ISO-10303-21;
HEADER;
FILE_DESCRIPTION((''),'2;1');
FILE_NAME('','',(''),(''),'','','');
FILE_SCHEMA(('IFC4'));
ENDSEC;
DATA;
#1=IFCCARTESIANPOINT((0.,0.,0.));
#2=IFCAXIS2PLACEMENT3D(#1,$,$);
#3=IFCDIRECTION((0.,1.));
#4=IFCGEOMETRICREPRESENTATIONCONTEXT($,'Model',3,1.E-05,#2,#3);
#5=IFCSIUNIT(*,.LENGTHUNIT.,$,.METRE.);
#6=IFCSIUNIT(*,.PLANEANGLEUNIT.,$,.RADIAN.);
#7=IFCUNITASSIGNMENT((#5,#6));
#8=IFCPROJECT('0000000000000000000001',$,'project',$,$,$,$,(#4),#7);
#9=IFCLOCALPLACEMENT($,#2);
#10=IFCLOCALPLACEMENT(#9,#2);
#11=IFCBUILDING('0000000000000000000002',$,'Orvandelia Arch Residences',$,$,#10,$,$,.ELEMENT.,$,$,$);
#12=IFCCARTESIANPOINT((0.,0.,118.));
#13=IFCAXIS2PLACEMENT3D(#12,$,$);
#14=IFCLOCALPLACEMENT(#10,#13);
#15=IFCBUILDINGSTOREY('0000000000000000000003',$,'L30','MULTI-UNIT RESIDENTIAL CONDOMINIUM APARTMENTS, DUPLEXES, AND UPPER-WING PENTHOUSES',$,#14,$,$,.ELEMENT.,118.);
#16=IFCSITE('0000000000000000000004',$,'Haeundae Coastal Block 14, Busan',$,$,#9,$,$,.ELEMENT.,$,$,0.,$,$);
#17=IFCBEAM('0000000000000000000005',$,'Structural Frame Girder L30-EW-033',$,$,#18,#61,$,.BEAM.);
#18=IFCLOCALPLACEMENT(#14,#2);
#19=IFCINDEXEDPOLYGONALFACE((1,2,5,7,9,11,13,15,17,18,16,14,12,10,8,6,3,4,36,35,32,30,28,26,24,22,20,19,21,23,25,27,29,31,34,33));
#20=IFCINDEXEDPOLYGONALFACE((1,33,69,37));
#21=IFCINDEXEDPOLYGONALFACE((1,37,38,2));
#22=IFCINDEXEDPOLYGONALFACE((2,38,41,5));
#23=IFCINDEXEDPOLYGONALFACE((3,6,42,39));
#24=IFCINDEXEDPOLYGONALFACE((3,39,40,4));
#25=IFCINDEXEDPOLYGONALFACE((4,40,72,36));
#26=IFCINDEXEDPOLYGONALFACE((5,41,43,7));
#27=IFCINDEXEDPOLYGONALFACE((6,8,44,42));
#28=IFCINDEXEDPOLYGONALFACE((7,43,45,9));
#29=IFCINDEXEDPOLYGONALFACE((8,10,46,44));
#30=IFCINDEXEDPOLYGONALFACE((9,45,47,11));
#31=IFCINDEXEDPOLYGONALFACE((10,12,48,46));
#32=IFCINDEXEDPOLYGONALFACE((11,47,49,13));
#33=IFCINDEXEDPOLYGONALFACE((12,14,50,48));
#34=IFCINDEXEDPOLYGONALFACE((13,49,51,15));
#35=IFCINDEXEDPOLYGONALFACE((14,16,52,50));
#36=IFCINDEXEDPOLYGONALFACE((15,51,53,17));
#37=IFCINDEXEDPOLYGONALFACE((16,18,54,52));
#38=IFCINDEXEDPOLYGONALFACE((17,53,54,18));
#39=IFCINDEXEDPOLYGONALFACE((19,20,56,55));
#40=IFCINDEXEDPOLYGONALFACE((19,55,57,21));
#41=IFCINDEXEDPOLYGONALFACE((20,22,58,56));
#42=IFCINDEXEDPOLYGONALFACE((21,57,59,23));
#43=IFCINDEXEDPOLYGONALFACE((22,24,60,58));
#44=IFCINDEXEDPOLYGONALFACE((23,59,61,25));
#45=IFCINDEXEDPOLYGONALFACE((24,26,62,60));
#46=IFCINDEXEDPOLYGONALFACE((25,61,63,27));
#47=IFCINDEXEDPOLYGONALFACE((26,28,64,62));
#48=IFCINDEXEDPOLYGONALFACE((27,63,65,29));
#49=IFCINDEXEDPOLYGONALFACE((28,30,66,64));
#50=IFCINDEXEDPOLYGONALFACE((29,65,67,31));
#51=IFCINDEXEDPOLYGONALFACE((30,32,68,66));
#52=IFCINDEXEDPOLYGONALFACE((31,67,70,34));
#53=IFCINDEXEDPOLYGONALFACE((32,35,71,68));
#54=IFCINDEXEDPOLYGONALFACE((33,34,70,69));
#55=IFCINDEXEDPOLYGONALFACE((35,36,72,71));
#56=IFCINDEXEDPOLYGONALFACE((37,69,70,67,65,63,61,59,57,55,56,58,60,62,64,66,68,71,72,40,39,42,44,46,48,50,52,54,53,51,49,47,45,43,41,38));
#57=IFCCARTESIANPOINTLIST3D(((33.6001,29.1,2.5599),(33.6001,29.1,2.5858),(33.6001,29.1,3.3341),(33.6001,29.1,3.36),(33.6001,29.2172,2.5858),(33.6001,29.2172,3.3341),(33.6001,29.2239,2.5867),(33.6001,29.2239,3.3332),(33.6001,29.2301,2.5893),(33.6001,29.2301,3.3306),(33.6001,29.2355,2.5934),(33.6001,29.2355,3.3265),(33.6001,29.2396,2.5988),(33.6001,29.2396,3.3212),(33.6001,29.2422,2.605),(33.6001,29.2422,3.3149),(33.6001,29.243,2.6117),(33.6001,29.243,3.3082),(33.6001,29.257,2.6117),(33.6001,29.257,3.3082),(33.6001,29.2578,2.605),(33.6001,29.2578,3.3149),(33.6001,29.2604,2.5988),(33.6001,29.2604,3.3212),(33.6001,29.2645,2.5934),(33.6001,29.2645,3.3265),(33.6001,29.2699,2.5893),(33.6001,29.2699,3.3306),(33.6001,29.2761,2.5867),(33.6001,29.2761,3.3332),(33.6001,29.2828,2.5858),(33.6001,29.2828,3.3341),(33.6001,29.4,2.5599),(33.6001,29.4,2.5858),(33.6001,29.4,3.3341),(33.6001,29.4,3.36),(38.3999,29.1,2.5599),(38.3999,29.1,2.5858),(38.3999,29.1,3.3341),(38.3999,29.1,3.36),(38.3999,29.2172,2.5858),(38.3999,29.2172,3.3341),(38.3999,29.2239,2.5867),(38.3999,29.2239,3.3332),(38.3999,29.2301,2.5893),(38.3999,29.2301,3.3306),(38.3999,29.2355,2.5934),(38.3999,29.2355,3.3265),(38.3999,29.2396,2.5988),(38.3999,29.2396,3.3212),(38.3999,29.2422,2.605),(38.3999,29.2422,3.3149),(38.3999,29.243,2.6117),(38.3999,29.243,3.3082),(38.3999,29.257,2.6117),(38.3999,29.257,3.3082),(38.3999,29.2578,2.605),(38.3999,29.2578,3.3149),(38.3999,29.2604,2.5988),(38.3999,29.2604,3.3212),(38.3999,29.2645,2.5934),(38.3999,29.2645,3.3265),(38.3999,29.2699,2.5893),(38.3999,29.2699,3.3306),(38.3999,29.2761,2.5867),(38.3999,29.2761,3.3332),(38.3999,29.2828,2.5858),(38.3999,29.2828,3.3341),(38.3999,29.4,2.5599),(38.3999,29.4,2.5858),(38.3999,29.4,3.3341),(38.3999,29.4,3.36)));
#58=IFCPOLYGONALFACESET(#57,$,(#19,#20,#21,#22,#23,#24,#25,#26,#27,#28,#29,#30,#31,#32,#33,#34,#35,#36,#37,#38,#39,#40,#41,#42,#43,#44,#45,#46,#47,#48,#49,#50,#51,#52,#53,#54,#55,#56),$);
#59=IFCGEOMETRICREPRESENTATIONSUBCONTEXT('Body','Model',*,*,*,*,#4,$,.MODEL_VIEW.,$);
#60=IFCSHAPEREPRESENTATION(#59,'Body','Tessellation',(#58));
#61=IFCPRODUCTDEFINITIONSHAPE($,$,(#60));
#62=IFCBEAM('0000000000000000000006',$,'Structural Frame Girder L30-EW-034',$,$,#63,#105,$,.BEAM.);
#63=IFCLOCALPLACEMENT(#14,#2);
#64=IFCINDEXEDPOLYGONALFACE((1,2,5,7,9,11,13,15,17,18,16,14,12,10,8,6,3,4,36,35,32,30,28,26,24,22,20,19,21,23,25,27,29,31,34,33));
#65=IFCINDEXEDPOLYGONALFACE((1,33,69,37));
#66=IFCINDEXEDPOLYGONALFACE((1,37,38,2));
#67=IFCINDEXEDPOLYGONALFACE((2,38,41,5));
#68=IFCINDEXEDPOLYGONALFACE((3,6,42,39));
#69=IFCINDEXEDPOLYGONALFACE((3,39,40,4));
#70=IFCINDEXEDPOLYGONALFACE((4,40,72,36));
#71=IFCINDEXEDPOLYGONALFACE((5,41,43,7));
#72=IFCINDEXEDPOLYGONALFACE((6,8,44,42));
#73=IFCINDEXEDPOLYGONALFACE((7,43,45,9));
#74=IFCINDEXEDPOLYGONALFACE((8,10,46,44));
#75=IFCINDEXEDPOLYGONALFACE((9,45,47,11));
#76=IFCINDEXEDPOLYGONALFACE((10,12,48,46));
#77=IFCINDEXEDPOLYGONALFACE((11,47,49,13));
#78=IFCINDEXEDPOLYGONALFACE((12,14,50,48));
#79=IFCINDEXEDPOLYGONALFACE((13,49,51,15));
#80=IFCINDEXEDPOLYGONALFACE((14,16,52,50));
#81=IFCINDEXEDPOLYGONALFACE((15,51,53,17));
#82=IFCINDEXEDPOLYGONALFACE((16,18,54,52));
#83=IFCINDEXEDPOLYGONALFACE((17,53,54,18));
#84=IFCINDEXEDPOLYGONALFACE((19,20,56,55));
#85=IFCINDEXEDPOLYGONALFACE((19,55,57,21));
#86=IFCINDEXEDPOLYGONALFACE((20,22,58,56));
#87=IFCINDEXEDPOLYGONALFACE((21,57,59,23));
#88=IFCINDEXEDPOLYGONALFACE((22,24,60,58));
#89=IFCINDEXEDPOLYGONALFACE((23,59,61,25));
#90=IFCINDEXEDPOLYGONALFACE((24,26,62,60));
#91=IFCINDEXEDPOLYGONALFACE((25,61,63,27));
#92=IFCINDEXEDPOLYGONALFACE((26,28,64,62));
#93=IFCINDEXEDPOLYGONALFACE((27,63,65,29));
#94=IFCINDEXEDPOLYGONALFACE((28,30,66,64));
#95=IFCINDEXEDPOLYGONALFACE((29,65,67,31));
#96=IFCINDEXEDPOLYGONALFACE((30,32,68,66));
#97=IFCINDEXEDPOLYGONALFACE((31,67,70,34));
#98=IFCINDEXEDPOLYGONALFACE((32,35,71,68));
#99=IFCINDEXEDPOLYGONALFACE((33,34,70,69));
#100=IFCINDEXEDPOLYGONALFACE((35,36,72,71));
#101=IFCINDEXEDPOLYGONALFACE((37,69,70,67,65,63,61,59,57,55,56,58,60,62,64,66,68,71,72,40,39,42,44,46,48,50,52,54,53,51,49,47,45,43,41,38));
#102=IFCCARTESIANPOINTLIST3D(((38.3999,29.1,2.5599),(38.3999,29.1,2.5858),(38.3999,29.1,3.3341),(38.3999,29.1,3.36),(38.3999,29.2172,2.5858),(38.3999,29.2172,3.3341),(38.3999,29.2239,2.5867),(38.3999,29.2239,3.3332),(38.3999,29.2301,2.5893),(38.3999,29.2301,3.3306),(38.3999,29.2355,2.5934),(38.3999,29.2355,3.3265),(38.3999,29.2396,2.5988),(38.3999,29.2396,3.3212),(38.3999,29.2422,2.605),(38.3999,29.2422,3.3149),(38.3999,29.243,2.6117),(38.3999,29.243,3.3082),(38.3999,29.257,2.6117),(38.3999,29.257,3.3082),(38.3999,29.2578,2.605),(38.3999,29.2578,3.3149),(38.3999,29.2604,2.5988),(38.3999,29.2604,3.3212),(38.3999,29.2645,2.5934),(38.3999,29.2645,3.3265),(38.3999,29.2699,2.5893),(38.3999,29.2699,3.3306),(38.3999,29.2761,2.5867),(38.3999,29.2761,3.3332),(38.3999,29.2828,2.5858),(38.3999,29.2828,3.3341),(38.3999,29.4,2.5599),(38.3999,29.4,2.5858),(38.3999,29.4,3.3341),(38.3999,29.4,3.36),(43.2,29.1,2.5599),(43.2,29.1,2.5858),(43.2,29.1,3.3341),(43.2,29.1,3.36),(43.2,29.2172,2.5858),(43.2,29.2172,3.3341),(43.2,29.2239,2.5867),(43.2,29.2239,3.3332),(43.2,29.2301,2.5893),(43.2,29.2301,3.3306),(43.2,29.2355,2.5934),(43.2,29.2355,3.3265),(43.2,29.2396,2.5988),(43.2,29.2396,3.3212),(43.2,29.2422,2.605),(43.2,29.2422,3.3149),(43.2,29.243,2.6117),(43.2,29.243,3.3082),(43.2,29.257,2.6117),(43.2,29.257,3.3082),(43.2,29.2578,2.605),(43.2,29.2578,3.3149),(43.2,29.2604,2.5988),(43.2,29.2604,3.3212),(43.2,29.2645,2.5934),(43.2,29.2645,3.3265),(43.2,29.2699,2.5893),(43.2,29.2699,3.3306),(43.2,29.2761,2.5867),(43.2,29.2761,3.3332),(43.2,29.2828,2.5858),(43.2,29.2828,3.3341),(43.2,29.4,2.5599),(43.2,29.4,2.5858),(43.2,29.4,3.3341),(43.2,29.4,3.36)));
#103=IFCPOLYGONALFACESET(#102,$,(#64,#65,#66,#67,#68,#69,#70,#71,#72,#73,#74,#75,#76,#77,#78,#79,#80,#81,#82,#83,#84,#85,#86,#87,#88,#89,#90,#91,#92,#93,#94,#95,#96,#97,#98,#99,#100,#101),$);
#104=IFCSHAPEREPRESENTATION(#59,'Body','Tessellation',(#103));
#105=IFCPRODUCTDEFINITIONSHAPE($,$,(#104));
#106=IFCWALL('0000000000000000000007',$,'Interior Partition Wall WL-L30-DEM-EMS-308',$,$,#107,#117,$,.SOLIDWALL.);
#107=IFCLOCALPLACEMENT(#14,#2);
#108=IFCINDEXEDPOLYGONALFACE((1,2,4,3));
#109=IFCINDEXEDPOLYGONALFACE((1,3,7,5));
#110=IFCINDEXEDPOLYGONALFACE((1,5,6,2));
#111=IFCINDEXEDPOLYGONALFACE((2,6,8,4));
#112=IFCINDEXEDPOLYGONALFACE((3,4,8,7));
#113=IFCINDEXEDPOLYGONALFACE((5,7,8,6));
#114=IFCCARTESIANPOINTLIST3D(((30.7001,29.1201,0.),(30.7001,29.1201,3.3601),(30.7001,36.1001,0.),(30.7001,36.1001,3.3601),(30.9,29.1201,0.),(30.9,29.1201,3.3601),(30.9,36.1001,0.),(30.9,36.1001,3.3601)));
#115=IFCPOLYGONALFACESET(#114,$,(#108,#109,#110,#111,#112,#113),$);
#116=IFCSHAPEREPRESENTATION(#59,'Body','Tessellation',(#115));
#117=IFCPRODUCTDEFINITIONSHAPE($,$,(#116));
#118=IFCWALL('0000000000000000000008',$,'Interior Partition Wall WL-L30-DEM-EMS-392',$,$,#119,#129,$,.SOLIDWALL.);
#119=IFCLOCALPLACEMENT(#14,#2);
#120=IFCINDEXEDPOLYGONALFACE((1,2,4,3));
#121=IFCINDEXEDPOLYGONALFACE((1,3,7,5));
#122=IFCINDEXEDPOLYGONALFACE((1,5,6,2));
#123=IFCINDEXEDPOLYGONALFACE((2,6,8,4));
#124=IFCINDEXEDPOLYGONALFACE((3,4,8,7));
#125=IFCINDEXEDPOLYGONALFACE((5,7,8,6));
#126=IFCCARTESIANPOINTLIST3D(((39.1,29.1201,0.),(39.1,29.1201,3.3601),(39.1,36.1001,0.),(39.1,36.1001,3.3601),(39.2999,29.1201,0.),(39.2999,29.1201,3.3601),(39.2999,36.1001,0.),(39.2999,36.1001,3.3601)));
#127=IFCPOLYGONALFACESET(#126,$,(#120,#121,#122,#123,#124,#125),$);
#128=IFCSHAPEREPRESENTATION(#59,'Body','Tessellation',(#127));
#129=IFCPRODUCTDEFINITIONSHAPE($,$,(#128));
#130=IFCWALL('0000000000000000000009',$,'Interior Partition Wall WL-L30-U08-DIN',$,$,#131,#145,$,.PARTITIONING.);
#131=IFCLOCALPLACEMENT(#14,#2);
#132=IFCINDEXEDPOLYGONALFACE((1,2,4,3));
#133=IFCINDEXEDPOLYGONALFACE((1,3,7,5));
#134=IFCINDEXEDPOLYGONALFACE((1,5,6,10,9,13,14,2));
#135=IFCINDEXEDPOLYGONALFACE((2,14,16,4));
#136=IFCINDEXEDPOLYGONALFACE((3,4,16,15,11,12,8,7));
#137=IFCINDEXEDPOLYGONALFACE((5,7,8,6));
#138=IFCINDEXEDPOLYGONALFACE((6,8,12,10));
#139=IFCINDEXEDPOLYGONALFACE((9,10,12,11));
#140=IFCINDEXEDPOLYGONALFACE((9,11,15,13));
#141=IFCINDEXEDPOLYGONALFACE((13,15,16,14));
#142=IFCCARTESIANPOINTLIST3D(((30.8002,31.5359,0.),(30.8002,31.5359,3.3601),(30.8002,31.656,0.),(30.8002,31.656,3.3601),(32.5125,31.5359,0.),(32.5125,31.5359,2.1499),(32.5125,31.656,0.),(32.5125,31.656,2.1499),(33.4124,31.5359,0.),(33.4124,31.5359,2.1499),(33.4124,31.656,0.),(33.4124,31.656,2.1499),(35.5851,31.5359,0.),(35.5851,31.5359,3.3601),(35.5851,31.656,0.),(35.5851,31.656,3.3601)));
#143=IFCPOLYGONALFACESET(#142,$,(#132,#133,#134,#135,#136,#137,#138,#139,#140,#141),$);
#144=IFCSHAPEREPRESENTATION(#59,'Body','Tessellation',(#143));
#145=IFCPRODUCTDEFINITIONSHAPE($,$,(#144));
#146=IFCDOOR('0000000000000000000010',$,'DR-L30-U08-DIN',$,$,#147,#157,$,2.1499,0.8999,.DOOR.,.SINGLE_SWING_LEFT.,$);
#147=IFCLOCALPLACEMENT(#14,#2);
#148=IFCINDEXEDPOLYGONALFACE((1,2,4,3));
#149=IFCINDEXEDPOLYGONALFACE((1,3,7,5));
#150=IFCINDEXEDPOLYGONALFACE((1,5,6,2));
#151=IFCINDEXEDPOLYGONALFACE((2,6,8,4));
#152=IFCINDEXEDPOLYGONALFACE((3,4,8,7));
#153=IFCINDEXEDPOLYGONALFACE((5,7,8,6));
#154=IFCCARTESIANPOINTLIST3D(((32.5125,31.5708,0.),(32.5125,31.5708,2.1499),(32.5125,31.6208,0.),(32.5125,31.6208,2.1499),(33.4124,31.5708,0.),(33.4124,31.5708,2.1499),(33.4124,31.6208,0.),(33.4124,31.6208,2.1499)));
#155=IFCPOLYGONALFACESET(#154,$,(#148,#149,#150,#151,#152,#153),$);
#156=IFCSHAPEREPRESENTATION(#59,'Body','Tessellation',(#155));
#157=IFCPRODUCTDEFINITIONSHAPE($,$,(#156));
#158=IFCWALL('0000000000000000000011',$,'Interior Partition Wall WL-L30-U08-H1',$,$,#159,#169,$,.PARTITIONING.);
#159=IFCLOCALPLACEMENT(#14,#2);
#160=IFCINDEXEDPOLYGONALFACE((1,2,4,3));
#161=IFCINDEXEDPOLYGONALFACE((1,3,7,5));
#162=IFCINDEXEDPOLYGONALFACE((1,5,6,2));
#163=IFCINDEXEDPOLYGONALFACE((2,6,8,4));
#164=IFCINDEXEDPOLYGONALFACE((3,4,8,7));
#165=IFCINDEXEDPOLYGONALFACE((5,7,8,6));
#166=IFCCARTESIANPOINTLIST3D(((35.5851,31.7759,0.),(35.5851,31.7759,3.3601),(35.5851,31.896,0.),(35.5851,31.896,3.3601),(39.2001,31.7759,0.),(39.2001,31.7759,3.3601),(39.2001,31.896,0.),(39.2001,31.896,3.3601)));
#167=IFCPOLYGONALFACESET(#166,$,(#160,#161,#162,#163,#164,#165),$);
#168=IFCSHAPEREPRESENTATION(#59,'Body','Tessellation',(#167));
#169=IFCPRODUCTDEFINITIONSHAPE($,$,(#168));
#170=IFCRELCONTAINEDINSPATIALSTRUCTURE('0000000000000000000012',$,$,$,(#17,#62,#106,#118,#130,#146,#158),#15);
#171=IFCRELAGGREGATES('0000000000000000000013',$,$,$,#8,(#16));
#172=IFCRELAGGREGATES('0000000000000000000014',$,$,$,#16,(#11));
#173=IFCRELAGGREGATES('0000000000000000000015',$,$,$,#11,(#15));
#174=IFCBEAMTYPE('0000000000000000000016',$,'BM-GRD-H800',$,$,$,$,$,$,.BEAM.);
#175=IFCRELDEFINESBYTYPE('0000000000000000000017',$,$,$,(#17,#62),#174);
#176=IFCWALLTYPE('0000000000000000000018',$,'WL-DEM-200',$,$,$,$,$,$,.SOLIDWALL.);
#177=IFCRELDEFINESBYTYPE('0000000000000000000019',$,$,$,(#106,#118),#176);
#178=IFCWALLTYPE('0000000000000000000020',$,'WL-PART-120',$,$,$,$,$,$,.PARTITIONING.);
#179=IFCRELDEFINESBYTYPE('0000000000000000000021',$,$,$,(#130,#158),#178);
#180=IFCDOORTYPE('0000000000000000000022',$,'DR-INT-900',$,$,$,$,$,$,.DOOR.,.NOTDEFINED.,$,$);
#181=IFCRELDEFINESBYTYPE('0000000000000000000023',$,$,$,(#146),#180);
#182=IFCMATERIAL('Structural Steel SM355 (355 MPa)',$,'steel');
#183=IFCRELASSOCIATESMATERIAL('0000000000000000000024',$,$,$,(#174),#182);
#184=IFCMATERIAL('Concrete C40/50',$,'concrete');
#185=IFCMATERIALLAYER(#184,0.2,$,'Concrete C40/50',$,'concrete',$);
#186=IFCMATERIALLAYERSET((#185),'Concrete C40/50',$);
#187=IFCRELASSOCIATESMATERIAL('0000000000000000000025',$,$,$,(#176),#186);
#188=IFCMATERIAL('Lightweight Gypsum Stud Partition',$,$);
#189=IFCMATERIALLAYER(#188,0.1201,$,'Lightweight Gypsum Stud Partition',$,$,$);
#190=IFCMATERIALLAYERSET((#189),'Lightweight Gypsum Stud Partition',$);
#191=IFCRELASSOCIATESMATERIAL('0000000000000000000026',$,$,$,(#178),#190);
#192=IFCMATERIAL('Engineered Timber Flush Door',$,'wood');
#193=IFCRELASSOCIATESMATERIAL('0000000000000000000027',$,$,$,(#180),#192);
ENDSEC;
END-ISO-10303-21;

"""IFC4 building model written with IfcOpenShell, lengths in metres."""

from ifc_helpers import new_model, si_unit, direction, frame, frame_2d, origin, origin_2d, place, context, subcontext, project, spatial, rectangle, i_section, extrude, material, layer, layer_set, material_profile, profile_set, type_object, element, fill, save


model = new_model("IFC4")

# Units and contexts
model_context = context("Model", 3, precision=1e-05, world=origin(), true_north=direction((0.0, 1.0)))
body_context = subcontext(model_context, "Body", "Model", "MODEL_VIEW")
ifc_project = project(units=[si_unit("LENGTHUNIT", "METRE"), si_unit("PLANEANGLEUNIT", "RADIAN")], contexts=[model_context])

# Site, building, storey
site_placement = place(None, origin())
site = spatial("IfcSite", under=ifc_project, at=site_placement, Name="Haeundae Coastal Block 14, Busan", CompositionType="ELEMENT", RefElevation=0.0)
building_placement = place(site_placement, origin())
building = spatial("IfcBuilding", under=site, at=building_placement, Name="Orvandelia Arch Residences", CompositionType="ELEMENT")
storey_placement = place(building_placement, frame((0.0, 0.0, 118.0)))
storey = spatial("IfcBuildingStorey", under=building, at=storey_placement, Name="L30", Description="MULTI-UNIT RESIDENTIAL CONDOMINIUM APARTMENTS, DUPLEXES, AND UPPER-WING PENTHOUSES", CompositionType="ELEMENT", Elevation=118.0)

# Beams
ifc_material_1 = material(Name="Structural Steel SM355 (355 MPa)", Category="steel")
ifc_material_profile_1 = material_profile(ifc_material_1, i_section(OverallWidth=0.3, OverallDepth=0.8, WebThickness=0.0139, FlangeThickness=0.0259, FilletRadius=0.0259, at=origin_2d()), Name="Structural Steel SM355 (355 MPa)", Category="steel")
ifc_profile_set_1 = profile_set([ifc_material_profile_1], Name="Structural Steel SM355 (355 MPa)")
beam_type = type_object("IfcBeamType", Name="BM-GRD-H800", PredefinedType="BEAM", material=ifc_profile_set_1)
beam_1_placement = place(storey_placement, frame((33.6001, 29.25, 2.96), z_axis=(1.0, 0.0, 0.0), x_axis=(0.0, 1.0, 0.0)))
element("IfcBeam", 1, at=beam_1_placement, inside=storey, type_object=beam_type, Name="Structural Frame Girder L30-EW-033", PredefinedType="BEAM", context=body_context, shape_type="SweptSolid", body=[
    extrude(i_section(OverallWidth=0.3, OverallDepth=0.8, WebThickness=0.0139, FlangeThickness=0.0259, FilletRadius=0.0259, at=origin_2d()), origin(), (0.0, 0.0, 1.0), 4.7998),
])
beam_2_placement = place(storey_placement, frame((38.3999, 29.25, 2.96), z_axis=(1.0, 0.0, 0.0), x_axis=(0.0, 1.0, 0.0)))
element("IfcBeam", 2, at=beam_2_placement, inside=storey, type_object=beam_type, Name="Structural Frame Girder L30-EW-034", PredefinedType="BEAM", context=body_context, shape_type="SweptSolid", body=[
    extrude(i_section(OverallWidth=0.3, OverallDepth=0.8, WebThickness=0.0139, FlangeThickness=0.0259, FilletRadius=0.0259, at=origin_2d()), origin(), (0.0, 0.0, 1.0), 4.8),
])

# Walls
ifc_material_2 = material(Name="Concrete C40/50", Category="concrete")
ifc_layer_1 = layer(ifc_material_2, 0.2, Name="Concrete C40/50", Category="concrete")
ifc_layer_set_1 = layer_set([ifc_layer_1], Name="Concrete C40/50")
wall_type_1 = type_object("IfcWallType", Name="WL-DEM-200", PredefinedType="SOLIDWALL", material=ifc_layer_set_1)
for number, where, z_axis, x_axis, name in (
    (3, (30.8, 29.1201, 0.0), (0.0, 0.0, 1.0), (0.0, 1.0, 0.0), "Interior Partition Wall WL-L30-DEM-EMS-308"),
    (4, (39.2, 29.1201, 0.0), (0.0, 0.0, 1.0), (0.0, 1.0, 0.0), "Interior Partition Wall WL-L30-DEM-EMS-392"),
):
    element("IfcWall", number, at=place(storey_placement, frame(where, z_axis=z_axis, x_axis=x_axis)), inside=storey, type_object=wall_type_1, Name=name, PredefinedType="SOLIDWALL", context=body_context, shape_type="SweptSolid", body=[
        extrude(rectangle(XDim=6.98, YDim=0.2, at=frame_2d((3.49, 0.0))), origin(), (0.0, 0.0, 1.0), 3.3601),
    ])

# Wall, opening, door
ifc_material_3 = material(Name="Lightweight Gypsum Stud Partition")
ifc_layer_2 = layer(ifc_material_3, 0.1201, Name="Lightweight Gypsum Stud Partition")
ifc_layer_set_2 = layer_set([ifc_layer_2], Name="Lightweight Gypsum Stud Partition")
wall_type_2 = type_object("IfcWallType", Name="WL-PART-120", PredefinedType="PARTITIONING", material=ifc_layer_set_2)
wall_1_placement = place(storey_placement, frame((30.8, 31.5959, 0.0), z_axis=(0.0, 0.0, 1.0), x_axis=(1.0, 0.0, 0.0)))
wall_1 = element("IfcWall", 5, at=wall_1_placement, inside=storey, type_object=wall_type_2, Name="Interior Partition Wall WL-L30-U08-DIN", PredefinedType="PARTITIONING", context=body_context, shape_type="SweptSolid", body=[
    extrude(rectangle(XDim=4.7849, YDim=0.1201, at=frame_2d((2.3926, 0.0))), origin(), (0.0, 0.0, 1.0), 3.3601),
])
opening_1_placement = place(wall_1_placement, frame((1.7124, 0.0, 0.0)))
opening_1 = element("IfcOpeningElement", 6, at=opening_1_placement, cuts=wall_1, PredefinedType="OPENING", context=body_context, shape_type="SweptSolid", body=[
    extrude(rectangle(XDim=0.8999, YDim=2.1499, at=frame_2d((0.45, 1.075))), frame((0.0, 0.0701, 0.0), z_axis=(0.0, -1.0, 0.0), x_axis=(1.0, 0.0, 0.0)), (0.0, 0.0, 1.0), 0.1401),
])
ifc_material_4 = material(Name="Engineered Timber Flush Door", Category="wood")
door_type_1 = type_object("IfcDoorType", Name="DR-INT-900", OperationType="NOTDEFINED", PredefinedType="DOOR", material=ifc_material_4)
door_1_placement = place(opening_1_placement, origin())
door_1 = element("IfcDoor", 7, at=door_1_placement, inside=storey, type_object=door_type_1, Name="DR-L30-U08-DIN", OperationType="SINGLE_SWING_LEFT", OverallHeight=2.1499, OverallWidth=0.8999, PredefinedType="DOOR", context=body_context, shape_type="SweptSolid", body=[
    extrude(rectangle(XDim=0.8999, YDim=2.1499, at=frame_2d((0.45, 1.075))), frame((0.0, 0.0249, 0.0), z_axis=(0.0, -1.0, 0.0), x_axis=(1.0, 0.0, 0.0)), (0.0, 0.0, 1.0), 0.05),
])
fill(opening_1, door_1)

# Wall
wall_2_placement = place(storey_placement, frame((35.585, 31.8359, 0.0), z_axis=(0.0, 0.0, 1.0), x_axis=(1.0, 0.0, 0.0)))
element("IfcWall", 8, at=wall_2_placement, inside=storey, type_object=wall_type_2, Name="Interior Partition Wall WL-L30-U08-H1", PredefinedType="PARTITIONING", context=body_context, shape_type="SweptSolid", body=[
    extrude(rectangle(XDim=3.615, YDim=0.1201, at=frame_2d((1.8076, 0.0))), origin(), (0.0, 0.0, 1.0), 3.3601),
])

save(model, "model.ifc")
